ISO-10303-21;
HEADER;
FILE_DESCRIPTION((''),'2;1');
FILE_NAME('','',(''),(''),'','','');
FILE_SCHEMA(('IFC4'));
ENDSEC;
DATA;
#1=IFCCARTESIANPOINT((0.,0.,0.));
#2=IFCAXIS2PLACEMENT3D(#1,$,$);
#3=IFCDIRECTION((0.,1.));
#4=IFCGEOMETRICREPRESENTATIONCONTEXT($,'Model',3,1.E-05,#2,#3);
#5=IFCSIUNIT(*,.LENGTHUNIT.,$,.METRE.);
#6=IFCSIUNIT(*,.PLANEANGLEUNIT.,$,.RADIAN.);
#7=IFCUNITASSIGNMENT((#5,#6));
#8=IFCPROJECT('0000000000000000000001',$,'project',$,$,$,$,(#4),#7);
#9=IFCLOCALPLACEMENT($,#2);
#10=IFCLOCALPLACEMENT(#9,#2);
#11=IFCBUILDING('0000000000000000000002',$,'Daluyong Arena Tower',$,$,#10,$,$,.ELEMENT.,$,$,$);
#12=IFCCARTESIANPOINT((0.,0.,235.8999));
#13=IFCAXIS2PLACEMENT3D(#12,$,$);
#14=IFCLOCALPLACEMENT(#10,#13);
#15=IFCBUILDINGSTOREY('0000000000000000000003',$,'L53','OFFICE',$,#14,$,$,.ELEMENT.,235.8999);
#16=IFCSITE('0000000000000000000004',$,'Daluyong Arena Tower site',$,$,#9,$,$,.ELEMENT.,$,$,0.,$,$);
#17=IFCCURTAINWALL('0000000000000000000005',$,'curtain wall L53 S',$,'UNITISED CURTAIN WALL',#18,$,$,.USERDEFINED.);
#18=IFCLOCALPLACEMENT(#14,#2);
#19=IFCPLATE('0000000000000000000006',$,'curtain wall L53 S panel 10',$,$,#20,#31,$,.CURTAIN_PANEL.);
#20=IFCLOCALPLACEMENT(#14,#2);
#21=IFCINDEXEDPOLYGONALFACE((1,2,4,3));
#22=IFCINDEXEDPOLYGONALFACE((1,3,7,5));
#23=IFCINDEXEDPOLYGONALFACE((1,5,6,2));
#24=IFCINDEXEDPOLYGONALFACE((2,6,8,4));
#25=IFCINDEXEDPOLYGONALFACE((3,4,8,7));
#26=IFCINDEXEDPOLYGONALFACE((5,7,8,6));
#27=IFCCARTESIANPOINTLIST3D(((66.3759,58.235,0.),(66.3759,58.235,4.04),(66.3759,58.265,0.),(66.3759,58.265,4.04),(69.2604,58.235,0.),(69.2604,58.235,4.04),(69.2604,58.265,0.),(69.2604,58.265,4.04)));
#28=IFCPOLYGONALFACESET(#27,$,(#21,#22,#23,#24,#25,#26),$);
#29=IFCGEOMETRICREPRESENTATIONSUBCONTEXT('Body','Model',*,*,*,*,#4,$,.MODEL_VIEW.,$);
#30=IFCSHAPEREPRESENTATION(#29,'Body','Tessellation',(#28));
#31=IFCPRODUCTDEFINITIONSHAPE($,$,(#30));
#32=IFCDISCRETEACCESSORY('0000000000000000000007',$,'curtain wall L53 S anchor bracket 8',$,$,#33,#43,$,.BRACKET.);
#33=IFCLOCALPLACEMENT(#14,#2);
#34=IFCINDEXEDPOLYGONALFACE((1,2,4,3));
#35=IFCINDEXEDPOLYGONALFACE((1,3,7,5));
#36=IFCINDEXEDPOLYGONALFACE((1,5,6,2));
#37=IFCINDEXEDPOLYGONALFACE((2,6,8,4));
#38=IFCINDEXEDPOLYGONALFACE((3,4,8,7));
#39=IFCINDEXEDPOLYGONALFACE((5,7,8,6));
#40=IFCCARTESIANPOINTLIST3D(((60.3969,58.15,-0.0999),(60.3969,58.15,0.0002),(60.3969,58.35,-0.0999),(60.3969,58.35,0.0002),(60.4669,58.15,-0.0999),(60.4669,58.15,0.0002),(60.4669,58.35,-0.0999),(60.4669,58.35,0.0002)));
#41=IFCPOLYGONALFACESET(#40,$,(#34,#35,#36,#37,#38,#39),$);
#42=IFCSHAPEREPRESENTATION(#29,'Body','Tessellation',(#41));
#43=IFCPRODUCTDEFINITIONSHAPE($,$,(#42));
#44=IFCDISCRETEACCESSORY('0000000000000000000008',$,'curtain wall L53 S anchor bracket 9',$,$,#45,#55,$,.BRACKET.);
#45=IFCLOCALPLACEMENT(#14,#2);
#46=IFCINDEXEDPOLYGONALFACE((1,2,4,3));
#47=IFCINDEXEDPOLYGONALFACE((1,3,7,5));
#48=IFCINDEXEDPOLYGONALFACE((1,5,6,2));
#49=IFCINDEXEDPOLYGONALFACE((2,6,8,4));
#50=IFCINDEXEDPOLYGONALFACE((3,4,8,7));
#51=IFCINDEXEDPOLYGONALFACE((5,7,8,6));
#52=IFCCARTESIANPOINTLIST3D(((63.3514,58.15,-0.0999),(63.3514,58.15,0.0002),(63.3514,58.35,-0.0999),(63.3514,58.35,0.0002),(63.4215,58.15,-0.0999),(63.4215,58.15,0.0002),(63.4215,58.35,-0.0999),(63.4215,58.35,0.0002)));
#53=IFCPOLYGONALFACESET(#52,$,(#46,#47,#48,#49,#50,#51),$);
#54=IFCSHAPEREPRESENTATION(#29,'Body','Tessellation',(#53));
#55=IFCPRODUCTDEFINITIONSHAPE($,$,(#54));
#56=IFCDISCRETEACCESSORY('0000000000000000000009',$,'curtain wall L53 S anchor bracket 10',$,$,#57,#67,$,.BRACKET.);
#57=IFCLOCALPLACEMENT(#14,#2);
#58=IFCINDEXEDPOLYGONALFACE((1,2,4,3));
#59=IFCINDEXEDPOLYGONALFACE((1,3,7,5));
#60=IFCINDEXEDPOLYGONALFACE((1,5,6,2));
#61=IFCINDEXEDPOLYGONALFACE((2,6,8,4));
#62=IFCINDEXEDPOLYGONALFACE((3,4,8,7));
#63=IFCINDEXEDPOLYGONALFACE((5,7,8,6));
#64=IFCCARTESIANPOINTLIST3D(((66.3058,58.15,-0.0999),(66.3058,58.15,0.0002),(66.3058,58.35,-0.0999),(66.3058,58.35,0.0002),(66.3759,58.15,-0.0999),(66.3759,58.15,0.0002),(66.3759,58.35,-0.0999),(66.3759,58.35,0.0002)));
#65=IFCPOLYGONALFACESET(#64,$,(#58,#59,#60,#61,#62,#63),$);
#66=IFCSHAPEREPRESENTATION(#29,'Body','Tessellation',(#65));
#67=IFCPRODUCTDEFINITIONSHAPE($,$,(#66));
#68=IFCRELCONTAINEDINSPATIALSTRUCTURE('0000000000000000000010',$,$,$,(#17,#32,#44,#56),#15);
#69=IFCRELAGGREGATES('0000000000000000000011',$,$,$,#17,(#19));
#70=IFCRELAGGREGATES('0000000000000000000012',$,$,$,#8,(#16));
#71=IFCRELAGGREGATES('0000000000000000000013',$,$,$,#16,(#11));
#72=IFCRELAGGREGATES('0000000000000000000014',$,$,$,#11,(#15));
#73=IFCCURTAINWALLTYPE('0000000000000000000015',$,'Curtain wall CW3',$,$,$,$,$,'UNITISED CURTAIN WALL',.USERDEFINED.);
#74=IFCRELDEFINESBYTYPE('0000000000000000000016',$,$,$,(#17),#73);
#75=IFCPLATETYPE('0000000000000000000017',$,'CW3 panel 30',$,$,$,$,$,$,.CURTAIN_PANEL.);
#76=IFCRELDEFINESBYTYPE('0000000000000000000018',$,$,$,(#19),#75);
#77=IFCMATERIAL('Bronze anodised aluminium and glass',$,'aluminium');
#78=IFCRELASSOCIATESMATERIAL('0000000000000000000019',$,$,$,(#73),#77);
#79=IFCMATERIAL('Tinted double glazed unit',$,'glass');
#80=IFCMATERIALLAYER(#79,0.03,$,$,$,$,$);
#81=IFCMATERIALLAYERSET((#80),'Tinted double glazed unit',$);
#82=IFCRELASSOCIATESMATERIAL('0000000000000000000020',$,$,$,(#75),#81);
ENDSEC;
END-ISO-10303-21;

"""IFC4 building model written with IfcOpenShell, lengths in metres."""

from ifc_helpers import new_model, si_unit, direction, frame, origin, origin_2d, place, context, subcontext, project, spatial, rectangle, extrude, material, layer, layer_set, type_object, element, aggregate, save


model = new_model("IFC4")

# Units and contexts
model_context = context("Model", 3, precision=1e-05, world=origin(), true_north=direction((0.0, 1.0)))
body_context = subcontext(model_context, "Body", "Model", "MODEL_VIEW")
ifc_project = project(units=[si_unit("LENGTHUNIT", "METRE"), si_unit("PLANEANGLEUNIT", "RADIAN")], contexts=[model_context])

# Site, building, storey
site_placement = place(None, origin())
site = spatial("IfcSite", under=ifc_project, at=site_placement, Name="Daluyong Arena Tower site", CompositionType="ELEMENT", RefElevation=0.0)
building_placement = place(site_placement, origin())
building = spatial("IfcBuilding", under=site, at=building_placement, Name="Daluyong Arena Tower", CompositionType="ELEMENT")
storey_placement = place(building_placement, frame((0.0, 0.0, 235.8999)))
storey = spatial("IfcBuildingStorey", under=building, at=storey_placement, Name="L53", Description="OFFICE", CompositionType="ELEMENT", Elevation=235.8999)

# Curtain wall
ifc_material_1 = material(Name="Bronze anodised aluminium and glass", Category="aluminium")
curtain_wall_type = type_object("IfcCurtainWallType", Name="Curtain wall CW3", ElementType="UNITISED CURTAIN WALL", PredefinedType="USERDEFINED", material=ifc_material_1)
curtain_wall_placement = place(storey_placement, origin())
curtain_wall = element("IfcCurtainWall", 1, at=curtain_wall_placement, inside=storey, type_object=curtain_wall_type, Name="curtain wall L53 S", ObjectType="UNITISED CURTAIN WALL", PredefinedType="USERDEFINED")

# Plate
ifc_material_2 = material(Name="Tinted double glazed unit", Category="glass")
ifc_layer = layer(ifc_material_2, 0.03)
ifc_layer_set = layer_set([ifc_layer], Name="Tinted double glazed unit")
plate_type = type_object("IfcPlateType", Name="CW3 panel 30", PredefinedType="CURTAIN_PANEL", material=ifc_layer_set)
plate_1_placement = place(storey_placement, frame((67.8181, 58.25, 0.0), z_axis=(0.0, 0.0, 1.0), x_axis=(1.0, 0.0, 0.0)))
plate_1 = element("IfcPlate", 2, at=plate_1_placement, type_object=plate_type, Name="curtain wall L53 S panel 10", PredefinedType="CURTAIN_PANEL", context=body_context, shape_type="SweptSolid", body=[
    extrude(rectangle(XDim=2.8845, YDim=0.03, at=origin_2d()), origin(), (0.0, 0.0, 1.0), 4.04),
])
aggregate(curtain_wall, [plate_1])

# Discrete accessories
for number, where, z_axis, x_axis, name in (
    (3, (60.4319, 58.25, -0.0999), (0.0, 0.0, 1.0), (1.0, 0.0, 0.0), "curtain wall L53 S anchor bracket 8"),
    (4, (63.3865, 58.25, -0.0999), (0.0, 0.0, 1.0), (1.0, 0.0, 0.0), "curtain wall L53 S anchor bracket 9"),
    (5, (66.3408, 58.25, -0.0999), (0.0, 0.0, 1.0), (1.0, 0.0, 0.0), "curtain wall L53 S anchor bracket 10"),
):
    element("IfcDiscreteAccessory", number, at=place(storey_placement, frame(where, z_axis=z_axis, x_axis=x_axis)), inside=storey, Name=name, PredefinedType="BRACKET", context=body_context, shape_type="SweptSolid", body=[
        extrude(rectangle(XDim=0.0701, YDim=0.2, at=origin_2d()), origin(), (0.0, 0.0, 1.0), 0.1001),
    ])

save(model, "model.ifc")
